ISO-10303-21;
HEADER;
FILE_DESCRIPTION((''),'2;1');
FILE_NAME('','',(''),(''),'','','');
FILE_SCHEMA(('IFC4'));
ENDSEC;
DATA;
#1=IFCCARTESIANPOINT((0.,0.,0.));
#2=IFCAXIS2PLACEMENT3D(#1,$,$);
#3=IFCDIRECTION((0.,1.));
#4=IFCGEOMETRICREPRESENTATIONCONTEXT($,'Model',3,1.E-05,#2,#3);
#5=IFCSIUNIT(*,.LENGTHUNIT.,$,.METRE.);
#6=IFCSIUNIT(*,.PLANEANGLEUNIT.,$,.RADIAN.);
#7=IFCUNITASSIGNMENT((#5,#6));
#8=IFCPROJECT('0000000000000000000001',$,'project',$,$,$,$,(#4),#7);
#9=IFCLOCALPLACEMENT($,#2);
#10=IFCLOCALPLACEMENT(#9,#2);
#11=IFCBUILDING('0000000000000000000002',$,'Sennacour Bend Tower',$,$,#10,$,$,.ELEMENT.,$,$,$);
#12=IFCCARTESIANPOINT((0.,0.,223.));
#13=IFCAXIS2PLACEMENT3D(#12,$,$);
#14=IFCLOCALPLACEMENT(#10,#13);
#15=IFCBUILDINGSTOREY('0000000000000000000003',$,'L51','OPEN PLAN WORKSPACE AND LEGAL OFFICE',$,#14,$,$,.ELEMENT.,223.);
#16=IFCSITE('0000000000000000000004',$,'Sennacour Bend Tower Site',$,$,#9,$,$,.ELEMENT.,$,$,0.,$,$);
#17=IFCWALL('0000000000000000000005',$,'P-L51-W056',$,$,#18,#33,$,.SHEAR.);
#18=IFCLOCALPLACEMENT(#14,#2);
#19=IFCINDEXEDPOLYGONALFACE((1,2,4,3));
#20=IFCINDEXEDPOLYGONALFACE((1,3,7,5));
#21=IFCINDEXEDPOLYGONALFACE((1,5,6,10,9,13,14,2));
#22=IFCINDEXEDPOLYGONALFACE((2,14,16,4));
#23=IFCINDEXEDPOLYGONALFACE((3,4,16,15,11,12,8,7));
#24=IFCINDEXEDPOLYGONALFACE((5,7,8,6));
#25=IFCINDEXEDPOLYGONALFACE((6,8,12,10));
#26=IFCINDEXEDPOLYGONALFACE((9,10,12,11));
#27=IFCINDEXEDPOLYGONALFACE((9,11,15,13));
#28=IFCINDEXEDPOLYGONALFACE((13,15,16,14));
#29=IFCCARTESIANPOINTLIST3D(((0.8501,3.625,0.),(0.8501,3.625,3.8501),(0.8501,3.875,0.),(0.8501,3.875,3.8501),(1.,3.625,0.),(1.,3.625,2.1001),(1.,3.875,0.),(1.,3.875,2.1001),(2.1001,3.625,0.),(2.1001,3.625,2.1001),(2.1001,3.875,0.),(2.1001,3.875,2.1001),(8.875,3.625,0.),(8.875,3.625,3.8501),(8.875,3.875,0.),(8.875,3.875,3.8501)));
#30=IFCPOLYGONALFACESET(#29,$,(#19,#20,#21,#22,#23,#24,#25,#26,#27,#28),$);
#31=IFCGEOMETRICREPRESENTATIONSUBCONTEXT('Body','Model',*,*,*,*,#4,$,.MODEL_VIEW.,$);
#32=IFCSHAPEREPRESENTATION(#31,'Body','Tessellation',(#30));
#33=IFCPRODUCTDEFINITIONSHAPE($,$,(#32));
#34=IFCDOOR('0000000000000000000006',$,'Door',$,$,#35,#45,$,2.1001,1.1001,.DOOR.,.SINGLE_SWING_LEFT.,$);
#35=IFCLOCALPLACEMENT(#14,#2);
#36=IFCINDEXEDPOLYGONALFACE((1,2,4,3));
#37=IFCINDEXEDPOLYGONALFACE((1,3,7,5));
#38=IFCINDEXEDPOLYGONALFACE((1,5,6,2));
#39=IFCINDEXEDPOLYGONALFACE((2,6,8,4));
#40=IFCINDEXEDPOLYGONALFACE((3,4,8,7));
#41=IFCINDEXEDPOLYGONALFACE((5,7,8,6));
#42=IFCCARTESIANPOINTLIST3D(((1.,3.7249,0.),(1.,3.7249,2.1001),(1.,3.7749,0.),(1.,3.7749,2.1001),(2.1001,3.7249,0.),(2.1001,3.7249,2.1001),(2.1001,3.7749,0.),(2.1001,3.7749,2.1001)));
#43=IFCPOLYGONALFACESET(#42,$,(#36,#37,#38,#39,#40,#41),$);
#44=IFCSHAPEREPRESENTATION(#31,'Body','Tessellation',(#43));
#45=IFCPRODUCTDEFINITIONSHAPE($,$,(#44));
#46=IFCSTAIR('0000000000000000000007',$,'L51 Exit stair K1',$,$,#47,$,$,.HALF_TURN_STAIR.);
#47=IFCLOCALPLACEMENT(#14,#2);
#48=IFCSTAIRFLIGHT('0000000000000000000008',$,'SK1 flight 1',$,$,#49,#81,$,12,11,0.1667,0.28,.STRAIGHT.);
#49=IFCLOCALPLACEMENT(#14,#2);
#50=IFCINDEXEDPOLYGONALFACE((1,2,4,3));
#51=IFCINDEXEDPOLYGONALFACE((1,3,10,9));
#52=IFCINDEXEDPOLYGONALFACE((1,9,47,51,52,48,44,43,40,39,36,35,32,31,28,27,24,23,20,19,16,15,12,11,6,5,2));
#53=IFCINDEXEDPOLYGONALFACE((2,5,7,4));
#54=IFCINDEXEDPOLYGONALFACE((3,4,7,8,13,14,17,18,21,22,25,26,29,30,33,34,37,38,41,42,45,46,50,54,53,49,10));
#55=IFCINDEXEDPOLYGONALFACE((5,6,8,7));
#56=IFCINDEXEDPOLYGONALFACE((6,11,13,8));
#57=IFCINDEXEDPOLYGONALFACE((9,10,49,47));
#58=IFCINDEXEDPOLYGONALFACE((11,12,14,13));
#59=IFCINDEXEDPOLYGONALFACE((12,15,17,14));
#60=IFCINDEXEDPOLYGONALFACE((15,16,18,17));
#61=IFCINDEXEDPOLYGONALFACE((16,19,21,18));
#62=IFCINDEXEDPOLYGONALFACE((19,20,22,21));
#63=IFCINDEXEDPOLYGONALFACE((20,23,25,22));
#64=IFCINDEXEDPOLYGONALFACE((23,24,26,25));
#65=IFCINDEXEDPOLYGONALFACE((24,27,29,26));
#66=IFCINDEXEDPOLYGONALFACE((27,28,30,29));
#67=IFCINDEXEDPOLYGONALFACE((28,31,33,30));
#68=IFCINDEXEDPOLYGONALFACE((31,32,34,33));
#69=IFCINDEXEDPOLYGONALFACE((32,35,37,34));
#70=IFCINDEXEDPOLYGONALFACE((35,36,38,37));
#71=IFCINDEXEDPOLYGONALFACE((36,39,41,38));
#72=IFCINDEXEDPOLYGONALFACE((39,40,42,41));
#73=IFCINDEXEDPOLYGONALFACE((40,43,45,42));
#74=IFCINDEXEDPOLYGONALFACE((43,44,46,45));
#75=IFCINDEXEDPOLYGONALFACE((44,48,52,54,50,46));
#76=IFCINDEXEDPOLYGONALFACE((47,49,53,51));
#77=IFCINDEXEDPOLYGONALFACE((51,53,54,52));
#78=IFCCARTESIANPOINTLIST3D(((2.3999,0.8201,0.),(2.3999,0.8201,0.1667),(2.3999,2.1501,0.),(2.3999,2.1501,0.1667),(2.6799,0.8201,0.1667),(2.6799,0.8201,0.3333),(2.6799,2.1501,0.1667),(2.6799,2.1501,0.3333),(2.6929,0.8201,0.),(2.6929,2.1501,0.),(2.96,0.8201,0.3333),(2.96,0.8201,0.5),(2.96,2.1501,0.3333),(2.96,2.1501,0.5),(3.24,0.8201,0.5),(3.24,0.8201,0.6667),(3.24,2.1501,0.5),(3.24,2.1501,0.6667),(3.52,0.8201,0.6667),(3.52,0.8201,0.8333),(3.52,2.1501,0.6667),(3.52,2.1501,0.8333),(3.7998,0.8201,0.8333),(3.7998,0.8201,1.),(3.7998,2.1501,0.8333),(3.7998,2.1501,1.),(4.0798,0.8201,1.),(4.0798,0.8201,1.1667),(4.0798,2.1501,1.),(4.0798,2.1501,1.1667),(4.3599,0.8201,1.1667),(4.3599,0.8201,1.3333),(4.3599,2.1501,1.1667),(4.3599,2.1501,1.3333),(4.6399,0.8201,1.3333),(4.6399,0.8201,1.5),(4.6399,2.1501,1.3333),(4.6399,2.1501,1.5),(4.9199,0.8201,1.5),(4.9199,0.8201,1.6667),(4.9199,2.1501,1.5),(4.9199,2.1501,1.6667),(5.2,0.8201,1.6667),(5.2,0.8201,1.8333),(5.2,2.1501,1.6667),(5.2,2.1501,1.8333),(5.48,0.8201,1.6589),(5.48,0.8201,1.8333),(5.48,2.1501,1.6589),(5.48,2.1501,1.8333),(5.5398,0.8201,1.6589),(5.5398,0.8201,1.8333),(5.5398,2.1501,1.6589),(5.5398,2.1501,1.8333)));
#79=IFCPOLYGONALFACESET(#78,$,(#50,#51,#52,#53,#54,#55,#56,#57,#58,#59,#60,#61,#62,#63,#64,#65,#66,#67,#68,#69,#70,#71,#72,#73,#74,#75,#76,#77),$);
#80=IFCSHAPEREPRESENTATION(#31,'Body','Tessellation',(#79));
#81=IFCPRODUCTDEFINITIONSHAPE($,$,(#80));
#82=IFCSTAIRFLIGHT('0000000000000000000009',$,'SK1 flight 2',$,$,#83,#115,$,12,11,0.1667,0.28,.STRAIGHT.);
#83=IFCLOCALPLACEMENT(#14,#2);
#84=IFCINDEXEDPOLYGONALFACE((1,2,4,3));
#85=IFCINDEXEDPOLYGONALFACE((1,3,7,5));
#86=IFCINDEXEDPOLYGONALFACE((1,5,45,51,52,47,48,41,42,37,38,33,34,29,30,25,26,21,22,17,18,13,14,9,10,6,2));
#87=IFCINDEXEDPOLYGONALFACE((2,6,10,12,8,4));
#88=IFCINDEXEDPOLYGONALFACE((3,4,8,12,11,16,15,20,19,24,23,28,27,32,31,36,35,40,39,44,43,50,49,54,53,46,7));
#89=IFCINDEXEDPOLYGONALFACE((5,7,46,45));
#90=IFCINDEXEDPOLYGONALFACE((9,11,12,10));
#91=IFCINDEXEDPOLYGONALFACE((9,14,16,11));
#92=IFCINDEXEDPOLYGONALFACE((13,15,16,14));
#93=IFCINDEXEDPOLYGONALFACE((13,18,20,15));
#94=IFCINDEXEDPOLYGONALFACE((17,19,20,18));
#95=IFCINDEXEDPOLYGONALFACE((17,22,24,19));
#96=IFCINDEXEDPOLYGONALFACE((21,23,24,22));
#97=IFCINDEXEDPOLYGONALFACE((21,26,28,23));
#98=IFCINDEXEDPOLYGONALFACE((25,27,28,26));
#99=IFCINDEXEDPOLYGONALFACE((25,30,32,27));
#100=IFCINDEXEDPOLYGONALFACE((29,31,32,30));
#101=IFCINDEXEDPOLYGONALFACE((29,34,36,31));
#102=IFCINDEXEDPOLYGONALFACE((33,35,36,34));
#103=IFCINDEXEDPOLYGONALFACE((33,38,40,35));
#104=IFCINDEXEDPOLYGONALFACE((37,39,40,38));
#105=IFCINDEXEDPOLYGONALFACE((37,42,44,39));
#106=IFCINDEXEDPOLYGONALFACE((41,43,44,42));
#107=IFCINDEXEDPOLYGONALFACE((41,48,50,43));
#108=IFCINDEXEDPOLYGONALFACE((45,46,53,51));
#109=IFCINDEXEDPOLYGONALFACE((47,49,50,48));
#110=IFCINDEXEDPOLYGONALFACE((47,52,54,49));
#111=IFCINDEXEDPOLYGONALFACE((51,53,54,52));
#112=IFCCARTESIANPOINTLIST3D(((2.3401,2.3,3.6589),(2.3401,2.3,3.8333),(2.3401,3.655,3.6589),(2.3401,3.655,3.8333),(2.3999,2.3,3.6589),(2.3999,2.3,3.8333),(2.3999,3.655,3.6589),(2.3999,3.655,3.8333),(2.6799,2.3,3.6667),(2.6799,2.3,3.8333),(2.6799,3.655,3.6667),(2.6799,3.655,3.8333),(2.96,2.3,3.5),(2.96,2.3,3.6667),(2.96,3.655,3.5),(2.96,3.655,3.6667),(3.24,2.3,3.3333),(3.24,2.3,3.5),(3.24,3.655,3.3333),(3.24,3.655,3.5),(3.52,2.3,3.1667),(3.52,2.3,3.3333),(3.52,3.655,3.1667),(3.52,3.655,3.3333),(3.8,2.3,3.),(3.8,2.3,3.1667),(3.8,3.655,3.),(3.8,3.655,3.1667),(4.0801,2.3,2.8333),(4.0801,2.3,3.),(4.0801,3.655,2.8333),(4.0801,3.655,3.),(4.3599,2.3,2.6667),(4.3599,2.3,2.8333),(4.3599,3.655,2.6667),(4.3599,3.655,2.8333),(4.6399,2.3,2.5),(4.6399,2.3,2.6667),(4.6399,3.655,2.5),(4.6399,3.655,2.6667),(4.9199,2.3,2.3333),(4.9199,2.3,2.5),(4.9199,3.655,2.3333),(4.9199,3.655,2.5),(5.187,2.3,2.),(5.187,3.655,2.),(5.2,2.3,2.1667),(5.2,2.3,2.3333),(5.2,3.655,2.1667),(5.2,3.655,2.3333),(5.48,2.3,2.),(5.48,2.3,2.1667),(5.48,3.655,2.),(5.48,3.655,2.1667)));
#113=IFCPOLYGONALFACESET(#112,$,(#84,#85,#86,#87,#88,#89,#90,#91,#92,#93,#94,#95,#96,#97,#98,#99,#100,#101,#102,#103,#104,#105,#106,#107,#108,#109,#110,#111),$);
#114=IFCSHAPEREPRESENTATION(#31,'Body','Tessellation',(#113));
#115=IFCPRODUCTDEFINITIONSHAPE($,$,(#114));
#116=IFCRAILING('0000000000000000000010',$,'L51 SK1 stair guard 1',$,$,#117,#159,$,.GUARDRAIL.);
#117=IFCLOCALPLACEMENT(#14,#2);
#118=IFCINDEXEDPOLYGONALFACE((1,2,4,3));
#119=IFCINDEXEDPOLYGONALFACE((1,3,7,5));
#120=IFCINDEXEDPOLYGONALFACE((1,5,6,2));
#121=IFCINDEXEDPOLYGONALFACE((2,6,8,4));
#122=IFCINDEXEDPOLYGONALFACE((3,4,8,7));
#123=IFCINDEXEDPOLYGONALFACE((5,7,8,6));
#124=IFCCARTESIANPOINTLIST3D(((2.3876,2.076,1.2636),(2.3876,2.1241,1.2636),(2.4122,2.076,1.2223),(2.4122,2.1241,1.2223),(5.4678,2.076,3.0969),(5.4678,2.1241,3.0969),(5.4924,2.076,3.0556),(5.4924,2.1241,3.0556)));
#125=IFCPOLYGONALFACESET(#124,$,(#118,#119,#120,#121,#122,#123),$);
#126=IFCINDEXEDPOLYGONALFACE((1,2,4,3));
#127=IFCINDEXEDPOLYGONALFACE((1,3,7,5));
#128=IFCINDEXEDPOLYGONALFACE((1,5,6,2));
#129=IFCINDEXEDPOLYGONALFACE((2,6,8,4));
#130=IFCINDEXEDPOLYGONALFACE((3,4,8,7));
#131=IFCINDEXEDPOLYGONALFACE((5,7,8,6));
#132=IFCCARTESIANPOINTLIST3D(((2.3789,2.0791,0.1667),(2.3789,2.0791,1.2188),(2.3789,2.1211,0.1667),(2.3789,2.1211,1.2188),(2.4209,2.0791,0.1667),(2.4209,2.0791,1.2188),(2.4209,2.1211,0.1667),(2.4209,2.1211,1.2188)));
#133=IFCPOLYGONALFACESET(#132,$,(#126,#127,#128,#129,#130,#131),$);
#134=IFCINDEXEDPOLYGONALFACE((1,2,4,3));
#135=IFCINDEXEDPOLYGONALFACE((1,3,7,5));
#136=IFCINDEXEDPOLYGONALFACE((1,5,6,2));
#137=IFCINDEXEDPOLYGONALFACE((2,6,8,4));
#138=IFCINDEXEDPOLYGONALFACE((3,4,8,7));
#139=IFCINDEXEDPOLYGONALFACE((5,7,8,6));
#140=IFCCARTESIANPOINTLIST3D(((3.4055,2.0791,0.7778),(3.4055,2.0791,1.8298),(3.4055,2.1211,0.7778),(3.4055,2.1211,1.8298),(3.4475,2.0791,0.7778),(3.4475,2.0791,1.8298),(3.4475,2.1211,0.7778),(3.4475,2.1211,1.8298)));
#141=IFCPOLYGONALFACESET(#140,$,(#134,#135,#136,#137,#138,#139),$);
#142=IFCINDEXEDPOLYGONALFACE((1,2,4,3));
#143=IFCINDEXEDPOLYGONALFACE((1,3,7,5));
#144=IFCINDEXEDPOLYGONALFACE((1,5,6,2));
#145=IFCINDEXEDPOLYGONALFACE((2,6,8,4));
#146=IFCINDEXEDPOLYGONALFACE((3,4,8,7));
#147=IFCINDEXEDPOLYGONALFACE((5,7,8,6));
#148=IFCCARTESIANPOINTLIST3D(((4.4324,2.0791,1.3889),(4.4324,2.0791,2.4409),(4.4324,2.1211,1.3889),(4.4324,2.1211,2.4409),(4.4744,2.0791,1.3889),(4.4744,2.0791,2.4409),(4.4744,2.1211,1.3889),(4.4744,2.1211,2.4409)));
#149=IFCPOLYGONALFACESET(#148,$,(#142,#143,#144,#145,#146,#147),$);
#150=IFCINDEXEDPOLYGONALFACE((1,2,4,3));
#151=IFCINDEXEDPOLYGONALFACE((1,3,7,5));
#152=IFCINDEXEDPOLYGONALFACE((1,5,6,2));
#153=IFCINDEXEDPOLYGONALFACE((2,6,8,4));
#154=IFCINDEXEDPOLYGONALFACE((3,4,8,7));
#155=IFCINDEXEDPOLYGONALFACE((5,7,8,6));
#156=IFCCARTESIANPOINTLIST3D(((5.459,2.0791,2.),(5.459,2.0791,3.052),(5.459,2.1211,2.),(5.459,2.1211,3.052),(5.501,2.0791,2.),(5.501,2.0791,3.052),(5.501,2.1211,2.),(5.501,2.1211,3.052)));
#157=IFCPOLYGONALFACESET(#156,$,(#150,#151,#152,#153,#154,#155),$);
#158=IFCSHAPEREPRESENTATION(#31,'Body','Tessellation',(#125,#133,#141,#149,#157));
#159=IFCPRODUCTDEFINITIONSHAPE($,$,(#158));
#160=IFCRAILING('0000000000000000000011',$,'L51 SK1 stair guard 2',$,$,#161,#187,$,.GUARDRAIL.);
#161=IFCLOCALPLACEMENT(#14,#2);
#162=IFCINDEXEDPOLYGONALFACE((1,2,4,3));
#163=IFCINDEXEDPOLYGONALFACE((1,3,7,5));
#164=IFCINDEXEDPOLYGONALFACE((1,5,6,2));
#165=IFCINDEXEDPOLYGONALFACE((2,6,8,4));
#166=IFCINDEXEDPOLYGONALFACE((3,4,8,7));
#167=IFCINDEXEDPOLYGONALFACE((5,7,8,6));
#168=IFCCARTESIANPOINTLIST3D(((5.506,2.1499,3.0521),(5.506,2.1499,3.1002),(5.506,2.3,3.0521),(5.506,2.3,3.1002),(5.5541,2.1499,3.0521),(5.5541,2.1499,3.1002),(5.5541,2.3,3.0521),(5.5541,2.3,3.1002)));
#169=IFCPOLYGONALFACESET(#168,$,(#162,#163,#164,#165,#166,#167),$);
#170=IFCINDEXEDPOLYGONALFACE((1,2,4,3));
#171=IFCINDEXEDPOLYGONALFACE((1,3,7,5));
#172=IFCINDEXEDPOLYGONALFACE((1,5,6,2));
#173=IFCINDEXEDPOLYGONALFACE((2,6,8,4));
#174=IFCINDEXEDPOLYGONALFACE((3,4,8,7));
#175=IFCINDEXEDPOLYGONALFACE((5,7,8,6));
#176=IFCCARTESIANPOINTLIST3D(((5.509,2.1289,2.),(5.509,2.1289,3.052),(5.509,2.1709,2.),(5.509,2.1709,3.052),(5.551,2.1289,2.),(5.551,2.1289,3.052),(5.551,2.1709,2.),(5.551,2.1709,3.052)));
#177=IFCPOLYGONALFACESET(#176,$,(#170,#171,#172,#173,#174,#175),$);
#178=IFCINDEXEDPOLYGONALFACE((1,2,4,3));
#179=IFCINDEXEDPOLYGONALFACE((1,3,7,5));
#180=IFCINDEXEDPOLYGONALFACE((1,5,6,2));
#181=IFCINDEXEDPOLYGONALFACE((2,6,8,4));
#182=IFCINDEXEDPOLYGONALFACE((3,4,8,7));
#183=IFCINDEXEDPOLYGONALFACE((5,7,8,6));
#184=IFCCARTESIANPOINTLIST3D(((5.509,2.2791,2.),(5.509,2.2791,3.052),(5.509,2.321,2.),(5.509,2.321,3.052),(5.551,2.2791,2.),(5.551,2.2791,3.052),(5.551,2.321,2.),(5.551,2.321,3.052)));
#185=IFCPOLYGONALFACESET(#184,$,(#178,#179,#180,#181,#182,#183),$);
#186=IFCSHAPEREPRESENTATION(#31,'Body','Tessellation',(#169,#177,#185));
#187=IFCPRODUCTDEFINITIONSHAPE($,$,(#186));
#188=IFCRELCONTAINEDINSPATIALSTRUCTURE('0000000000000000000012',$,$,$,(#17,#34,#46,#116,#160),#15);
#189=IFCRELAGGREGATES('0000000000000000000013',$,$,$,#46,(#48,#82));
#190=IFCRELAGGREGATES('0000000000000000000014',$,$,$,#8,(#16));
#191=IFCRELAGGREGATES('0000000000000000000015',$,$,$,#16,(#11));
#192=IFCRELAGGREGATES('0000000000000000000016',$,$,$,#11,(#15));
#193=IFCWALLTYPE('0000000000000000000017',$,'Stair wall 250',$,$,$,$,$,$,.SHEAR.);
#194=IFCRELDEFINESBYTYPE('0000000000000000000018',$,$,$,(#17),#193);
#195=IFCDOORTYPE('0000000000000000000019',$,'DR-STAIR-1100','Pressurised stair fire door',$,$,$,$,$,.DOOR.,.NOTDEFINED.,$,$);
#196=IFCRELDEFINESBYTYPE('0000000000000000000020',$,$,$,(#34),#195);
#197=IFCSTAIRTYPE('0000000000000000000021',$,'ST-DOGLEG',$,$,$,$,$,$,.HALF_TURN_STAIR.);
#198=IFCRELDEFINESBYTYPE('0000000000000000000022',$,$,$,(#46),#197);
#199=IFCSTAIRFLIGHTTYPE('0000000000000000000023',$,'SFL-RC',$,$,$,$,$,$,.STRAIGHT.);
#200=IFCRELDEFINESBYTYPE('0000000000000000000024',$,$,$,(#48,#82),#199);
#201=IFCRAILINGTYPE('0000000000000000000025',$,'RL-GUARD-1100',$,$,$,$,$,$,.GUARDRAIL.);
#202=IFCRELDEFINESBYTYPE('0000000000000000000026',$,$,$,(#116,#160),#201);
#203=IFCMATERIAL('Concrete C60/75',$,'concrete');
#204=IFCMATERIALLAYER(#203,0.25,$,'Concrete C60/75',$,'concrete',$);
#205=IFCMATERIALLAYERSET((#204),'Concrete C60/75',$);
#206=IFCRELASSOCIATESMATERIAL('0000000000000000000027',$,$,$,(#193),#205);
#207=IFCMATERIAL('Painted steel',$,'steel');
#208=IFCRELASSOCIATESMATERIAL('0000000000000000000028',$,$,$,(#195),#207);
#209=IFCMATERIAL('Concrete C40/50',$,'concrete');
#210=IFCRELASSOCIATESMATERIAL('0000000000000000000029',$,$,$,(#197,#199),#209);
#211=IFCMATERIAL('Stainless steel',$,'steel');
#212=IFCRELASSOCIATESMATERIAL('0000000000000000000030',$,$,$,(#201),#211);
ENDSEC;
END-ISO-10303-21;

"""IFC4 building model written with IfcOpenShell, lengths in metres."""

from ifc_helpers import new_model, si_unit, direction, frame, frame_2d, origin, origin_2d, place, context, subcontext, project, spatial, polyline, rectangle, outline, extrude, material, layer, layer_set, type_object, element, fill, aggregate, save


model = new_model("IFC4")

# Units and contexts
model_context = context("Model", 3, precision=1e-05, world=origin(), true_north=direction((0.0, 1.0)))
body_context = subcontext(model_context, "Body", "Model", "MODEL_VIEW")
ifc_project = project(units=[si_unit("LENGTHUNIT", "METRE"), si_unit("PLANEANGLEUNIT", "RADIAN")], contexts=[model_context])

# Site, building, storey
site_placement = place(None, origin())
site = spatial("IfcSite", under=ifc_project, at=site_placement, Name="Sennacour Bend Tower Site", CompositionType="ELEMENT", RefElevation=0.0)
building_placement = place(site_placement, origin())
building = spatial("IfcBuilding", under=site, at=building_placement, Name="Sennacour Bend Tower", CompositionType="ELEMENT")
storey_placement = place(building_placement, frame((0.0, 0.0, 223.0)))
storey = spatial("IfcBuildingStorey", under=building, at=storey_placement, Name="L51", Description="OPEN PLAN WORKSPACE AND LEGAL OFFICE", CompositionType="ELEMENT", Elevation=223.0)

# Shared definitions
ifc_material_1 = material(Name="Concrete C60/75", Category="concrete")
ifc_layer_1 = layer(ifc_material_1, 0.25, Name="Concrete C60/75", Category="concrete")
ifc_layer_set_1 = layer_set([ifc_layer_1], Name="Concrete C60/75")
wall_type_1 = type_object("IfcWallType", Name="Stair wall 250", PredefinedType="SHEAR", material=ifc_layer_set_1)

# Wall, opening, door
wall_1_placement = place(storey_placement, frame((0.8501, 3.75, 0.0), z_axis=(0.0, 0.0, 1.0), x_axis=(1.0, 0.0, 0.0)))
wall_1 = element("IfcWall", 1, at=wall_1_placement, inside=storey, type_object=wall_type_1, Name="P-L51-W056", PredefinedType="SHEAR", context=body_context, shape_type="SweptSolid", body=[
    extrude(rectangle(XDim=8.0249, YDim=0.25, at=frame_2d((4.0125, 0.0))), origin(), (0.0, 0.0, 1.0), 3.8501),
])
opening_1_placement = place(wall_1_placement, frame((0.1499, 0.0, 0.0)))
opening_1 = element("IfcOpeningElement", 2, at=opening_1_placement, cuts=wall_1, PredefinedType="OPENING", context=body_context, shape_type="SweptSolid", body=[
    extrude(rectangle(XDim=1.1001, YDim=2.1001, at=frame_2d((0.55, 1.05))), frame((0.0, 0.135, 0.0), z_axis=(0.0, -1.0, 0.0), x_axis=(1.0, 0.0, 0.0)), (0.0, 0.0, 1.0), 0.27),
])
ifc_material_2 = material(Name="Painted steel", Category="steel")
door_type = type_object("IfcDoorType", Name="DR-STAIR-1100", Description="Pressurised stair fire door", OperationType="NOTDEFINED", PredefinedType="DOOR", material=ifc_material_2)
door_placement = place(opening_1_placement, origin())
door = element("IfcDoor", 3, at=door_placement, inside=storey, type_object=door_type, Name="Door", OperationType="SINGLE_SWING_LEFT", OverallHeight=2.1001, OverallWidth=1.1001, PredefinedType="DOOR", context=body_context, shape_type="SweptSolid", body=[
    extrude(rectangle(XDim=1.1001, YDim=2.1001, at=frame_2d((0.55, 1.05))), frame((0.0, 0.0249, 0.0), z_axis=(0.0, -1.0, 0.0), x_axis=(1.0, 0.0, 0.0)), (0.0, 0.0, 1.0), 0.05),
])
fill(opening_1, door)

# Stair, stair flights
ifc_material_3 = material(Name="Concrete C40/50", Category="concrete")
stair_type = type_object("IfcStairType", Name="ST-DOGLEG", PredefinedType="HALF_TURN_STAIR", material=ifc_material_3)
stair_placement = place(storey_placement, origin())
stair = element("IfcStair", 4, at=stair_placement, inside=storey, type_object=stair_type, Name="L51 Exit stair K1", PredefinedType="HALF_TURN_STAIR")
stair_flight_type = type_object("IfcStairFlightType", Name="SFL-RC", PredefinedType="STRAIGHT", material=ifc_material_3)
stair_flight_1_placement = place(storey_placement, frame((2.3999, 1.4851, 0.0), z_axis=(0.0, 0.0, 1.0), x_axis=(1.0, 0.0, 0.0)))
stair_flight_1 = element("IfcStairFlight", 5, at=stair_flight_1_placement, type_object=stair_flight_type, Name="SK1 flight 1", NumberOfRisers=12, NumberOfTreads=11, PredefinedType="STRAIGHT", RiserHeight=0.1667, TreadLength=0.28, context=body_context, shape_type="SweptSolid", body=[
    extrude(outline(polyline([(0.0, 0.0), (0.0, 0.1667), (0.28, 0.1667), (0.28, 0.3333), (0.5601, 0.3333), (0.5601, 0.5), (0.8401, 0.5), (0.8401, 0.6667), (1.1201, 0.6667), (1.1201, 0.8333), (1.3999, 0.8333), (1.3999, 1.0), (1.6799, 1.0), (1.6799, 1.1667), (1.96, 1.1667), (1.96, 1.3333), (2.24, 1.3333), (2.24, 1.5), (2.52, 1.5), (2.52, 1.6667), (2.8, 1.6667), (2.8, 1.8333), (3.0801, 1.8333), (3.1399, 1.8333), (3.1399, 1.6589), (3.0801, 1.6589), (0.293, 0.0), (0.0, 0.0)])), frame((0.0, 0.665, 0.0), z_axis=(0.0, -1.0, 0.0), x_axis=(1.0, 0.0, 0.0)), (0.0, 0.0, 1.0), 1.3301),
])
stair_flight_2_placement = place(storey_placement, frame((5.48, 2.9775, 2.0), z_axis=(0.0, 0.0, 1.0), x_axis=(-1.0, 0.0, 0.0)))
stair_flight_2 = element("IfcStairFlight", 6, at=stair_flight_2_placement, type_object=stair_flight_type, Name="SK1 flight 2", NumberOfRisers=12, NumberOfTreads=11, PredefinedType="STRAIGHT", RiserHeight=0.1667, TreadLength=0.28, context=body_context, shape_type="SweptSolid", body=[
    extrude(outline(polyline([(0.0, 0.0), (0.0, 0.1667), (0.28, 0.1667), (0.28, 0.3333), (0.5601, 0.3333), (0.5601, 0.5), (0.8401, 0.5), (0.8401, 0.6667), (1.1201, 0.6667), (1.1201, 0.8333), (1.3999, 0.8333), (1.3999, 1.0), (1.6799, 1.0), (1.6799, 1.1667), (1.96, 1.1667), (1.96, 1.3333), (2.24, 1.3333), (2.24, 1.5), (2.52, 1.5), (2.52, 1.6667), (2.8, 1.6667), (2.8, 1.8333), (3.0801, 1.8333), (3.1399, 1.8333), (3.1399, 1.6589), (3.0801, 1.6589), (0.293, 0.0), (0.0, 0.0)])), frame((0.0, 0.6775, 0.0), z_axis=(0.0, -1.0, 0.0), x_axis=(1.0, 0.0, 0.0)), (0.0, 0.0, 1.0), 1.355),
])
aggregate(stair, [stair_flight_1, stair_flight_2])

# Railings
ifc_material_4 = material(Name="Stainless steel", Category="steel")
railing_type_1 = type_object("IfcRailingType", Name="RL-GUARD-1100", PredefinedType="GUARDRAIL", material=ifc_material_4)
railing_1_placement = place(storey_placement, frame((2.3999, 2.1001, 0.1667)))
element("IfcRailing", 7, at=railing_1_placement, inside=storey, type_object=railing_type_1, Name="L51 SK1 stair guard 1", PredefinedType="GUARDRAIL", context=body_context, shape_type="SweptSolid", body=[
    extrude(rectangle(XDim=0.0481, YDim=0.0481, at=origin_2d()), frame((0.0, 0.0, 1.0762), z_axis=(0.859309, 0.0, 0.511458), x_axis=(0.0, 1.0, 0.0)), (0.0, 0.0, 1.0), 3.5845),
    extrude(rectangle(XDim=0.042, YDim=0.042, at=origin_2d()), origin(), (0.0, 0.0, 1.0), 1.052),
    extrude(rectangle(XDim=0.042, YDim=0.042, at=origin_2d()), frame((1.0266, 0.0, 0.6111)), (0.0, 0.0, 1.0), 1.052),
    extrude(rectangle(XDim=0.042, YDim=0.042, at=origin_2d()), frame((2.0535, 0.0, 1.2222)), (0.0, 0.0, 1.0), 1.052),
    extrude(rectangle(XDim=0.042, YDim=0.042, at=origin_2d()), frame((3.0801, 0.0, 1.8333)), (0.0, 0.0, 1.0), 1.052),
])
railing_2_placement = place(storey_placement, frame((5.53, 2.1499, 2.0)))
element("IfcRailing", 8, at=railing_2_placement, inside=storey, type_object=railing_type_1, Name="L51 SK1 stair guard 2", PredefinedType="GUARDRAIL", context=body_context, shape_type="SweptSolid", body=[
    extrude(rectangle(XDim=0.0481, YDim=0.0481, at=origin_2d()), frame((0.0, 0.0, 1.0762), z_axis=(0.0, 1.0, 0.0), x_axis=(-1.0, 0.0, 0.0)), (0.0, 0.0, 1.0), 0.1501),
    extrude(rectangle(XDim=0.042, YDim=0.042, at=origin_2d()), origin(), (0.0, 0.0, 1.0), 1.052),
    extrude(rectangle(XDim=0.042, YDim=0.042, at=origin_2d()), frame((0.0, 0.1501, 0.0)), (0.0, 0.0, 1.0), 1.052),
])

save(model, "model.ifc")
